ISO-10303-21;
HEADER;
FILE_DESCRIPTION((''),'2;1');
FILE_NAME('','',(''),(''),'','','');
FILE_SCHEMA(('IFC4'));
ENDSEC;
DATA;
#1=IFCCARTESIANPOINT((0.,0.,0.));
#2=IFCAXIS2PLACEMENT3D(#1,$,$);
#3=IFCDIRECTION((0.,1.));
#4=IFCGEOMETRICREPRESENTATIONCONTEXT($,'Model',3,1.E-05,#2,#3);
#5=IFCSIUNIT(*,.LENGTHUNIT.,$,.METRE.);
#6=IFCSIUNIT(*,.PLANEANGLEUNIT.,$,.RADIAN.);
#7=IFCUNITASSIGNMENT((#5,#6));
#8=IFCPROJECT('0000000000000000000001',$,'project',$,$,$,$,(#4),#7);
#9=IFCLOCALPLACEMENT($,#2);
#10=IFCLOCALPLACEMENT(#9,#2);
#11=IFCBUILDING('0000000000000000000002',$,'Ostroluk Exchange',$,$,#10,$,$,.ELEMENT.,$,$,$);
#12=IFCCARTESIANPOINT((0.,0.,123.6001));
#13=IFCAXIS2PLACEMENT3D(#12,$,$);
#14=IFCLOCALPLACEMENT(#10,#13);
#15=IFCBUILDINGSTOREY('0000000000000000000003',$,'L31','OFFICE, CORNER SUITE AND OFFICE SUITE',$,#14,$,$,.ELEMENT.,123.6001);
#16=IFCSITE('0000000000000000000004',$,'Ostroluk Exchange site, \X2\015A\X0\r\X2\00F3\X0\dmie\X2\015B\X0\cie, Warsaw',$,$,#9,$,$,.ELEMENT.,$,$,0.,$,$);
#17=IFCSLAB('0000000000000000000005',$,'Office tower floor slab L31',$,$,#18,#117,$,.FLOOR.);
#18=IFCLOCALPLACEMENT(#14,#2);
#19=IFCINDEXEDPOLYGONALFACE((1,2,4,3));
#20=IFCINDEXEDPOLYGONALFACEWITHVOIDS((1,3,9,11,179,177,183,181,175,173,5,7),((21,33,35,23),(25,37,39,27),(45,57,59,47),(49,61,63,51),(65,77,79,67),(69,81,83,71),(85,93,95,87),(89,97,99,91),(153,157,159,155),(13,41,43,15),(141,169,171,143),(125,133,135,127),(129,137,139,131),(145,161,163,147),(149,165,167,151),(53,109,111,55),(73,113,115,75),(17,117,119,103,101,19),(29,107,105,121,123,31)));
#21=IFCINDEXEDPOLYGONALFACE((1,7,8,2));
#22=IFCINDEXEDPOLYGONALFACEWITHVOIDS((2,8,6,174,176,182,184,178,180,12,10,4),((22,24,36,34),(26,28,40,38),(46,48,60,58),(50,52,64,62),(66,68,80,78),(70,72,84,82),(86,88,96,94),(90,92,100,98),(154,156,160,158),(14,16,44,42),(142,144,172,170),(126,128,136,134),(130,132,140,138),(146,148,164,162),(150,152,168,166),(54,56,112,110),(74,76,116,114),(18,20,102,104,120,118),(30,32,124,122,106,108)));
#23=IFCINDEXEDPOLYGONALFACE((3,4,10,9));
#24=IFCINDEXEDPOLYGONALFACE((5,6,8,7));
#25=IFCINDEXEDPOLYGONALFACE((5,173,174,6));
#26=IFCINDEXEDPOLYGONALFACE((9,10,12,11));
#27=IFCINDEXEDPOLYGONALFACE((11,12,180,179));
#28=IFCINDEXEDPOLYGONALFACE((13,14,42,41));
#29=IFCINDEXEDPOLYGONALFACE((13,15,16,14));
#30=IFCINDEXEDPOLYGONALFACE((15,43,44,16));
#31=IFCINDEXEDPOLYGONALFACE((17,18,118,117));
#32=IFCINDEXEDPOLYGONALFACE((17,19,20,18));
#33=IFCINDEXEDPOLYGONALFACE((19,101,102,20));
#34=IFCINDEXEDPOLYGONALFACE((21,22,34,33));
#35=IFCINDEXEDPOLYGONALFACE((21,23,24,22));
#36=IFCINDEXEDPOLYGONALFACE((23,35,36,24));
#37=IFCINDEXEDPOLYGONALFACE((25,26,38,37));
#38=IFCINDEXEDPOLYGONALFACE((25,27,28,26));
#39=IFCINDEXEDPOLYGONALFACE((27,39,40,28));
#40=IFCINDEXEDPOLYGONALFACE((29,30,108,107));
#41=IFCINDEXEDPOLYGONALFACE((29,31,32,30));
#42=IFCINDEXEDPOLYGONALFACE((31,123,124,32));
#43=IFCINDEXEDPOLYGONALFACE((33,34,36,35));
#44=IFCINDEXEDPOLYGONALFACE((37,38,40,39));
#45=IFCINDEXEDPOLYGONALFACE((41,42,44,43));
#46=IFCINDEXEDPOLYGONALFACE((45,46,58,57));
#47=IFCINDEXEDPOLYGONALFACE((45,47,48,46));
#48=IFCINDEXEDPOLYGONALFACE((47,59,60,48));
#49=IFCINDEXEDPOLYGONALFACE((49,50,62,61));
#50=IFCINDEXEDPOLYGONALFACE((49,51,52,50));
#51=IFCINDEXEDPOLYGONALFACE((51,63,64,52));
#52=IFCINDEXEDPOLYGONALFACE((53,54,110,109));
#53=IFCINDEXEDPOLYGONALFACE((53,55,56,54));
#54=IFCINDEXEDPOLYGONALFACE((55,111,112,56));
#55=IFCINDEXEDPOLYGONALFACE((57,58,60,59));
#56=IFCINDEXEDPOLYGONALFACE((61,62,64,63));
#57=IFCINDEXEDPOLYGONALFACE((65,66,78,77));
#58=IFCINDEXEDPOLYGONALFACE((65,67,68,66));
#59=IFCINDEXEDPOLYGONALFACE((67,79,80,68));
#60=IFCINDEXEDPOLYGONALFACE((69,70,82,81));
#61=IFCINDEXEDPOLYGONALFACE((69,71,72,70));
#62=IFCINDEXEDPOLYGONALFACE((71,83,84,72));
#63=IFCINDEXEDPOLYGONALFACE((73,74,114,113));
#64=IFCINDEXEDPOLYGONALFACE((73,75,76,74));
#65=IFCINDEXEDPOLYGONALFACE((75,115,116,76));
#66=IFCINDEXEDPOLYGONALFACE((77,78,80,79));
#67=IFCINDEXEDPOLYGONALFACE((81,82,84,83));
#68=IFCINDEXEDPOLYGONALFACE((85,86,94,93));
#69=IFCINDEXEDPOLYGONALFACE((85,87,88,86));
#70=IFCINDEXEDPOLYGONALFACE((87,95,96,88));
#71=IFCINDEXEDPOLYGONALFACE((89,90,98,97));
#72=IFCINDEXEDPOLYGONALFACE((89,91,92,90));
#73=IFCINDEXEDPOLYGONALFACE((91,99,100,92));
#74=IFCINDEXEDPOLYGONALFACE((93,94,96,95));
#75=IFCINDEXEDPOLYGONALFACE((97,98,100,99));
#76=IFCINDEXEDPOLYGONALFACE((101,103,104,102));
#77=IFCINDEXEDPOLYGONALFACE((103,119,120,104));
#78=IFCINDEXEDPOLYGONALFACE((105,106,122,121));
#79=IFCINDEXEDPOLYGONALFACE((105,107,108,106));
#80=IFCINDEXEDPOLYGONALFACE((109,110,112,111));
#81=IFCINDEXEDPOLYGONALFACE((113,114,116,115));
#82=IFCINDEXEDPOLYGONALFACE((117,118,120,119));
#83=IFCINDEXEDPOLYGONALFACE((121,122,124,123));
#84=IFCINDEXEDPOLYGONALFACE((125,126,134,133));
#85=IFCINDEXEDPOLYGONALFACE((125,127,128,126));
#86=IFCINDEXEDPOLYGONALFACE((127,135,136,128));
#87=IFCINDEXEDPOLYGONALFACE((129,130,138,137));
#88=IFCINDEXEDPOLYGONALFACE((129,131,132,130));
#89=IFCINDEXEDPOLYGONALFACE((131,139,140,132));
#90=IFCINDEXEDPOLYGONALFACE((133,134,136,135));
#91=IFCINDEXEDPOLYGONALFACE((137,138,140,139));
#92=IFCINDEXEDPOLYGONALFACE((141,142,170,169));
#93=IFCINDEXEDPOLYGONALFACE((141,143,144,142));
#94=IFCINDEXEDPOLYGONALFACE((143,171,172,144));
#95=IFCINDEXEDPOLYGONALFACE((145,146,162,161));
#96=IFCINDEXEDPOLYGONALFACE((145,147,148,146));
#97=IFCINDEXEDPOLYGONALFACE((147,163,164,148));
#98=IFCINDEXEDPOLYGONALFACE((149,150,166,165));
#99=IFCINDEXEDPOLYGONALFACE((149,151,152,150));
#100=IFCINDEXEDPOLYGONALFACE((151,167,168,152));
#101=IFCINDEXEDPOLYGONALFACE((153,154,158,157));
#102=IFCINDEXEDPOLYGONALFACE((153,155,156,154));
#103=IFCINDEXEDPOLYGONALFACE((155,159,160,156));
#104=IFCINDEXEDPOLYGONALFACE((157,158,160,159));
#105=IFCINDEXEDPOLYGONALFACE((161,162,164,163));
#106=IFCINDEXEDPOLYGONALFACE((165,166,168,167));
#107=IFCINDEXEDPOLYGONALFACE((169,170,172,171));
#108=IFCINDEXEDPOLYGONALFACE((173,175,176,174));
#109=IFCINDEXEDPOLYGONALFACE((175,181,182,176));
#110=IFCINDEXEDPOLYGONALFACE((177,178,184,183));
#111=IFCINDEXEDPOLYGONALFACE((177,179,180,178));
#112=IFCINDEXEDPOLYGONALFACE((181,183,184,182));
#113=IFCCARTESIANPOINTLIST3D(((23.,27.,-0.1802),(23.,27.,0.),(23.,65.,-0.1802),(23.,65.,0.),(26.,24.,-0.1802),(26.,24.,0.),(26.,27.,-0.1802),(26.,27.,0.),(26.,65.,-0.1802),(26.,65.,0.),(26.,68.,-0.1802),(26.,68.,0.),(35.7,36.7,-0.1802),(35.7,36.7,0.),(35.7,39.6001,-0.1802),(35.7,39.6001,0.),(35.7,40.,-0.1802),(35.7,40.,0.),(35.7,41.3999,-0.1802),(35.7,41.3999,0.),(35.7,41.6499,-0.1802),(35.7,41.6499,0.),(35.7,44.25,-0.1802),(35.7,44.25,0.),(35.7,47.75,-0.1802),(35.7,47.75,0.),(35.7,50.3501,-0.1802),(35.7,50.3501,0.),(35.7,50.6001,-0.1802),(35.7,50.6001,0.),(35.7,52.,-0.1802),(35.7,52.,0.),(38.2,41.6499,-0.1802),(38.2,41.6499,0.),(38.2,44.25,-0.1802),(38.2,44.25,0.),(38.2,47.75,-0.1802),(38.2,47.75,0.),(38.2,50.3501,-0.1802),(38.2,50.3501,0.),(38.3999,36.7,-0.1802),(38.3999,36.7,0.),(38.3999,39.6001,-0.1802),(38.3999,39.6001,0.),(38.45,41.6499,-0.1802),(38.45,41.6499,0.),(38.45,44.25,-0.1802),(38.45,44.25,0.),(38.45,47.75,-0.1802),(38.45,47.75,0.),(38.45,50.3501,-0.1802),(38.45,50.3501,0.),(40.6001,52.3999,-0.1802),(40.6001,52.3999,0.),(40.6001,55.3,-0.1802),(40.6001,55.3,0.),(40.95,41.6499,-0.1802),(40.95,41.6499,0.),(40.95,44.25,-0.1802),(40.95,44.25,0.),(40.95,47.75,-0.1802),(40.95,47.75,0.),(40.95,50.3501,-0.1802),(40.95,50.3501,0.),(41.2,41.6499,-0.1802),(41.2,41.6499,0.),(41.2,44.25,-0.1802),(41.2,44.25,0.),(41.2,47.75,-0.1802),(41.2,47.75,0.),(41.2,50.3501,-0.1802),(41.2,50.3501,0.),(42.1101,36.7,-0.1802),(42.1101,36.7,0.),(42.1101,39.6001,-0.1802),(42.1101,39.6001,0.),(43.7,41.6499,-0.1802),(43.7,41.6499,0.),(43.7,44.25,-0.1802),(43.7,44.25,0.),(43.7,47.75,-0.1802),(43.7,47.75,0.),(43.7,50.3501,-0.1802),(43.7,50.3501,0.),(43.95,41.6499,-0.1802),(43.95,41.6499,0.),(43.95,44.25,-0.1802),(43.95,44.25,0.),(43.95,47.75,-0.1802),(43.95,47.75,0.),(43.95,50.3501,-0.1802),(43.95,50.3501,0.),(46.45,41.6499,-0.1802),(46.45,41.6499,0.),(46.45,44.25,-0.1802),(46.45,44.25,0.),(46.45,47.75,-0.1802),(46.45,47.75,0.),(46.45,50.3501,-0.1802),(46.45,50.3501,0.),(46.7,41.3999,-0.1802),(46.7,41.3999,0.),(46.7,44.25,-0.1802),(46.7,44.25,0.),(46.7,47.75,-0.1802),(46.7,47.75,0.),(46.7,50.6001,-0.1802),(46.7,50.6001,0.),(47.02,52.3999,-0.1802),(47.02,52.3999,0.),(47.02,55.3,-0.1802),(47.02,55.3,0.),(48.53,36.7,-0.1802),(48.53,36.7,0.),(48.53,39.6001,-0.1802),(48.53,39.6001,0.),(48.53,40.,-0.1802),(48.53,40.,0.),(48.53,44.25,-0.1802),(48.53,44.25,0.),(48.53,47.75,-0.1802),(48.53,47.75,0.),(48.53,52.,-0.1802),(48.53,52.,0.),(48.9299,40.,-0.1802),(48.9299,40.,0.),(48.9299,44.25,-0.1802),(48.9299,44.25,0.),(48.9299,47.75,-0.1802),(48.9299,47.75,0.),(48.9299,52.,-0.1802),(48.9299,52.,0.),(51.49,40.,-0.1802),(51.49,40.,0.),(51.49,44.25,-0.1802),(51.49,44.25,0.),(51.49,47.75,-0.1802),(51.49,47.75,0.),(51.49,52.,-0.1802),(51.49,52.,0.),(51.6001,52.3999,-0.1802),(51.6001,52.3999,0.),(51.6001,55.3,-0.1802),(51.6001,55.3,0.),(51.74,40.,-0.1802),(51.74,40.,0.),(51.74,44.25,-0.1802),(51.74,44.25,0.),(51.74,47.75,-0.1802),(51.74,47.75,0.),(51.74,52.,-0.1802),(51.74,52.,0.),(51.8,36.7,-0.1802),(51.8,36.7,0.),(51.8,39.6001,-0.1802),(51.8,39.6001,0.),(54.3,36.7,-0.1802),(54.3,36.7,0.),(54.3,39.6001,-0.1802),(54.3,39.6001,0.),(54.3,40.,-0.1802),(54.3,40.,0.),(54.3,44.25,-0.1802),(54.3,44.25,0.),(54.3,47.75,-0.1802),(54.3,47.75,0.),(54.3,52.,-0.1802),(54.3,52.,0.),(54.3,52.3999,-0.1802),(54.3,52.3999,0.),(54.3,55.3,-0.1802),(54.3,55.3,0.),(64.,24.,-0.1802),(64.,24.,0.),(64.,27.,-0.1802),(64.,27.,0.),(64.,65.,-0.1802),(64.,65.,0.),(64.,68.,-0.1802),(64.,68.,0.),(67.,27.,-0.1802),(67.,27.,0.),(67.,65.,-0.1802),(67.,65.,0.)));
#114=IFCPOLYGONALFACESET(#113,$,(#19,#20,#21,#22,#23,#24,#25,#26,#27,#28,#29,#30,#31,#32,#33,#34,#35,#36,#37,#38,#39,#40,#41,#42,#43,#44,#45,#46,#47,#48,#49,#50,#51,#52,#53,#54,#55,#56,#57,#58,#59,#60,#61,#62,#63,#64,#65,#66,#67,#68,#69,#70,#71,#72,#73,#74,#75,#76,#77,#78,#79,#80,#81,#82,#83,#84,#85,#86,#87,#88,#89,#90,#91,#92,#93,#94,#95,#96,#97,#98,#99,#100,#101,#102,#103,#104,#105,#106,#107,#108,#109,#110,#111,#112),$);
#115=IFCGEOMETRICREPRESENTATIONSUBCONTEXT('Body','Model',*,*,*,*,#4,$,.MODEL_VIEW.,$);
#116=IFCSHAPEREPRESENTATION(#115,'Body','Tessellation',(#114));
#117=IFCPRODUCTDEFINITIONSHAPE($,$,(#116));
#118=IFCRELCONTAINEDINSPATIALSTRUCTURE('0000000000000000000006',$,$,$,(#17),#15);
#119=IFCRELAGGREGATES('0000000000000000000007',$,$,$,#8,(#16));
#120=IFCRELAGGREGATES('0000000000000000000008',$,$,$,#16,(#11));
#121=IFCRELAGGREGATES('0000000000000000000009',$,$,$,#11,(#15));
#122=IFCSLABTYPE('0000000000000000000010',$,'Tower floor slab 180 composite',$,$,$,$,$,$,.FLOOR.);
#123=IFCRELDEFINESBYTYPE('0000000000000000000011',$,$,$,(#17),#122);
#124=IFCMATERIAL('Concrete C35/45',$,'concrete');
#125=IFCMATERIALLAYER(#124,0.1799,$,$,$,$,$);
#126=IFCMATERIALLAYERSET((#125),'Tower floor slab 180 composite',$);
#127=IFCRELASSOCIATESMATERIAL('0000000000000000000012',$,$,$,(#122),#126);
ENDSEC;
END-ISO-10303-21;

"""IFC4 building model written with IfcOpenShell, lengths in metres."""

from ifc_helpers import new_model, si_unit, direction, frame, origin, place, context, subcontext, project, spatial, polyline, outline, extrude, material, layer, layer_set, type_object, element, save


model = new_model("IFC4")

# Units and contexts
model_context = context("Model", 3, precision=1e-05, world=origin(), true_north=direction((0.0, 1.0)))
body_context = subcontext(model_context, "Body", "Model", "MODEL_VIEW")
ifc_project = project(units=[si_unit("LENGTHUNIT", "METRE"), si_unit("PLANEANGLEUNIT", "RADIAN")], contexts=[model_context])

# Site, building, storey
site_placement = place(None, origin())
site = spatial("IfcSite", under=ifc_project, at=site_placement, Name="Ostroluk Exchange site, Śródmieście, Warsaw", CompositionType="ELEMENT", RefElevation=0.0)
building_placement = place(site_placement, origin())
building = spatial("IfcBuilding", under=site, at=building_placement, Name="Ostroluk Exchange", CompositionType="ELEMENT")
storey_placement = place(building_placement, frame((0.0, 0.0, 123.6001)))
storey = spatial("IfcBuildingStorey", under=building, at=storey_placement, Name="L31", Description="OFFICE, CORNER SUITE AND OFFICE SUITE", CompositionType="ELEMENT", Elevation=123.6001)

# Slab
ifc_material_1 = material(Name="Concrete C35/45", Category="concrete")
ifc_layer_1 = layer(ifc_material_1, 0.1799)
ifc_layer_set_1 = layer_set([ifc_layer_1], Name="Tower floor slab 180 composite")
slab_type_1 = type_object("IfcSlabType", Name="Tower floor slab 180 composite", PredefinedType="FLOOR", material=ifc_layer_set_1)
slab_1_placement = place(storey_placement, frame((0.0, 0.0, -0.1802)))
element("IfcSlab", 1, at=slab_1_placement, inside=storey, type_object=slab_type_1, Name="Office tower floor slab L31", PredefinedType="FLOOR", context=body_context, shape_type="SweptSolid", body=[
    extrude(outline(polyline([(26.0, 24.0), (64.0, 24.0), (64.0, 27.0), (67.0, 27.0), (67.0, 65.0), (64.0, 65.0), (64.0, 68.0), (26.0, 68.0), (26.0, 65.0), (23.0, 65.0), (23.0, 27.0), (26.0, 27.0), (26.0, 24.0)]), holes=[polyline([(35.7, 36.7), (38.3999, 36.7), (38.3999, 39.6001), (35.7, 39.6001), (35.7, 36.7)]), polyline([(42.1101, 36.7), (48.53, 36.7), (48.53, 39.6001), (42.1101, 39.6001), (42.1101, 36.7)]), polyline([(51.8, 36.7), (54.3, 36.7), (54.3, 39.6001), (51.8, 39.6001), (51.8, 36.7)]), polyline([(40.6001, 52.3999), (47.02, 52.3999), (47.02, 55.3), (40.6001, 55.3), (40.6001, 52.3999)]), polyline([(51.6001, 52.3999), (54.3, 52.3999), (54.3, 55.3), (51.6001, 55.3), (51.6001, 52.3999)]), polyline([(35.7, 47.75), (38.2, 47.75), (38.2, 50.3501), (35.7, 50.3501), (35.7, 47.75)]), polyline([(38.45, 47.75), (40.95, 47.75), (40.95, 50.3501), (38.45, 50.3501), (38.45, 47.75)]), polyline([(41.2, 47.75), (43.7, 47.75), (43.7, 50.3501), (41.2, 50.3501), (41.2, 47.75)]), polyline([(43.95, 47.75), (46.45, 47.75), (46.45, 50.3501), (43.95, 50.3501), (43.95, 47.75)]), polyline([(35.7, 41.6499), (38.2, 41.6499), (38.2, 44.25), (35.7, 44.25), (35.7, 41.6499)]), polyline([(38.45, 41.6499), (40.95, 41.6499), (40.95, 44.25), (38.45, 44.25), (38.45, 41.6499)]), polyline([(41.2, 41.6499), (43.7, 41.6499), (43.7, 44.25), (41.2, 44.25), (41.2, 41.6499)]), polyline([(43.95, 41.6499), (46.45, 41.6499), (46.45, 44.25), (43.95, 44.25), (43.95, 41.6499)]), polyline([(48.9299, 47.75), (51.49, 47.75), (51.49, 52.0), (48.9299, 52.0), (48.9299, 47.75)]), polyline([(51.74, 47.75), (54.3, 47.75), (54.3, 52.0), (51.74, 52.0), (51.74, 47.75)]), polyline([(48.9299, 40.0), (51.49, 40.0), (51.49, 44.25), (48.9299, 44.25), (48.9299, 40.0)]), polyline([(51.74, 40.0), (54.3, 40.0), (54.3, 44.25), (51.74, 44.25), (51.74, 40.0)]), polyline([(48.53, 52.0), (48.53, 47.75), (46.7, 47.75), (46.7, 50.6001), (35.7, 50.6001), (35.7, 52.0), (48.53, 52.0)]), polyline([(35.7, 40.0), (35.7, 41.3999), (46.7, 41.3999), (46.7, 44.25), (48.53, 44.25), (48.53, 40.0), (35.7, 40.0)])]), origin(), (0.0, 0.0, 1.0), 0.1802),
])

save(model, "model.ifc")
